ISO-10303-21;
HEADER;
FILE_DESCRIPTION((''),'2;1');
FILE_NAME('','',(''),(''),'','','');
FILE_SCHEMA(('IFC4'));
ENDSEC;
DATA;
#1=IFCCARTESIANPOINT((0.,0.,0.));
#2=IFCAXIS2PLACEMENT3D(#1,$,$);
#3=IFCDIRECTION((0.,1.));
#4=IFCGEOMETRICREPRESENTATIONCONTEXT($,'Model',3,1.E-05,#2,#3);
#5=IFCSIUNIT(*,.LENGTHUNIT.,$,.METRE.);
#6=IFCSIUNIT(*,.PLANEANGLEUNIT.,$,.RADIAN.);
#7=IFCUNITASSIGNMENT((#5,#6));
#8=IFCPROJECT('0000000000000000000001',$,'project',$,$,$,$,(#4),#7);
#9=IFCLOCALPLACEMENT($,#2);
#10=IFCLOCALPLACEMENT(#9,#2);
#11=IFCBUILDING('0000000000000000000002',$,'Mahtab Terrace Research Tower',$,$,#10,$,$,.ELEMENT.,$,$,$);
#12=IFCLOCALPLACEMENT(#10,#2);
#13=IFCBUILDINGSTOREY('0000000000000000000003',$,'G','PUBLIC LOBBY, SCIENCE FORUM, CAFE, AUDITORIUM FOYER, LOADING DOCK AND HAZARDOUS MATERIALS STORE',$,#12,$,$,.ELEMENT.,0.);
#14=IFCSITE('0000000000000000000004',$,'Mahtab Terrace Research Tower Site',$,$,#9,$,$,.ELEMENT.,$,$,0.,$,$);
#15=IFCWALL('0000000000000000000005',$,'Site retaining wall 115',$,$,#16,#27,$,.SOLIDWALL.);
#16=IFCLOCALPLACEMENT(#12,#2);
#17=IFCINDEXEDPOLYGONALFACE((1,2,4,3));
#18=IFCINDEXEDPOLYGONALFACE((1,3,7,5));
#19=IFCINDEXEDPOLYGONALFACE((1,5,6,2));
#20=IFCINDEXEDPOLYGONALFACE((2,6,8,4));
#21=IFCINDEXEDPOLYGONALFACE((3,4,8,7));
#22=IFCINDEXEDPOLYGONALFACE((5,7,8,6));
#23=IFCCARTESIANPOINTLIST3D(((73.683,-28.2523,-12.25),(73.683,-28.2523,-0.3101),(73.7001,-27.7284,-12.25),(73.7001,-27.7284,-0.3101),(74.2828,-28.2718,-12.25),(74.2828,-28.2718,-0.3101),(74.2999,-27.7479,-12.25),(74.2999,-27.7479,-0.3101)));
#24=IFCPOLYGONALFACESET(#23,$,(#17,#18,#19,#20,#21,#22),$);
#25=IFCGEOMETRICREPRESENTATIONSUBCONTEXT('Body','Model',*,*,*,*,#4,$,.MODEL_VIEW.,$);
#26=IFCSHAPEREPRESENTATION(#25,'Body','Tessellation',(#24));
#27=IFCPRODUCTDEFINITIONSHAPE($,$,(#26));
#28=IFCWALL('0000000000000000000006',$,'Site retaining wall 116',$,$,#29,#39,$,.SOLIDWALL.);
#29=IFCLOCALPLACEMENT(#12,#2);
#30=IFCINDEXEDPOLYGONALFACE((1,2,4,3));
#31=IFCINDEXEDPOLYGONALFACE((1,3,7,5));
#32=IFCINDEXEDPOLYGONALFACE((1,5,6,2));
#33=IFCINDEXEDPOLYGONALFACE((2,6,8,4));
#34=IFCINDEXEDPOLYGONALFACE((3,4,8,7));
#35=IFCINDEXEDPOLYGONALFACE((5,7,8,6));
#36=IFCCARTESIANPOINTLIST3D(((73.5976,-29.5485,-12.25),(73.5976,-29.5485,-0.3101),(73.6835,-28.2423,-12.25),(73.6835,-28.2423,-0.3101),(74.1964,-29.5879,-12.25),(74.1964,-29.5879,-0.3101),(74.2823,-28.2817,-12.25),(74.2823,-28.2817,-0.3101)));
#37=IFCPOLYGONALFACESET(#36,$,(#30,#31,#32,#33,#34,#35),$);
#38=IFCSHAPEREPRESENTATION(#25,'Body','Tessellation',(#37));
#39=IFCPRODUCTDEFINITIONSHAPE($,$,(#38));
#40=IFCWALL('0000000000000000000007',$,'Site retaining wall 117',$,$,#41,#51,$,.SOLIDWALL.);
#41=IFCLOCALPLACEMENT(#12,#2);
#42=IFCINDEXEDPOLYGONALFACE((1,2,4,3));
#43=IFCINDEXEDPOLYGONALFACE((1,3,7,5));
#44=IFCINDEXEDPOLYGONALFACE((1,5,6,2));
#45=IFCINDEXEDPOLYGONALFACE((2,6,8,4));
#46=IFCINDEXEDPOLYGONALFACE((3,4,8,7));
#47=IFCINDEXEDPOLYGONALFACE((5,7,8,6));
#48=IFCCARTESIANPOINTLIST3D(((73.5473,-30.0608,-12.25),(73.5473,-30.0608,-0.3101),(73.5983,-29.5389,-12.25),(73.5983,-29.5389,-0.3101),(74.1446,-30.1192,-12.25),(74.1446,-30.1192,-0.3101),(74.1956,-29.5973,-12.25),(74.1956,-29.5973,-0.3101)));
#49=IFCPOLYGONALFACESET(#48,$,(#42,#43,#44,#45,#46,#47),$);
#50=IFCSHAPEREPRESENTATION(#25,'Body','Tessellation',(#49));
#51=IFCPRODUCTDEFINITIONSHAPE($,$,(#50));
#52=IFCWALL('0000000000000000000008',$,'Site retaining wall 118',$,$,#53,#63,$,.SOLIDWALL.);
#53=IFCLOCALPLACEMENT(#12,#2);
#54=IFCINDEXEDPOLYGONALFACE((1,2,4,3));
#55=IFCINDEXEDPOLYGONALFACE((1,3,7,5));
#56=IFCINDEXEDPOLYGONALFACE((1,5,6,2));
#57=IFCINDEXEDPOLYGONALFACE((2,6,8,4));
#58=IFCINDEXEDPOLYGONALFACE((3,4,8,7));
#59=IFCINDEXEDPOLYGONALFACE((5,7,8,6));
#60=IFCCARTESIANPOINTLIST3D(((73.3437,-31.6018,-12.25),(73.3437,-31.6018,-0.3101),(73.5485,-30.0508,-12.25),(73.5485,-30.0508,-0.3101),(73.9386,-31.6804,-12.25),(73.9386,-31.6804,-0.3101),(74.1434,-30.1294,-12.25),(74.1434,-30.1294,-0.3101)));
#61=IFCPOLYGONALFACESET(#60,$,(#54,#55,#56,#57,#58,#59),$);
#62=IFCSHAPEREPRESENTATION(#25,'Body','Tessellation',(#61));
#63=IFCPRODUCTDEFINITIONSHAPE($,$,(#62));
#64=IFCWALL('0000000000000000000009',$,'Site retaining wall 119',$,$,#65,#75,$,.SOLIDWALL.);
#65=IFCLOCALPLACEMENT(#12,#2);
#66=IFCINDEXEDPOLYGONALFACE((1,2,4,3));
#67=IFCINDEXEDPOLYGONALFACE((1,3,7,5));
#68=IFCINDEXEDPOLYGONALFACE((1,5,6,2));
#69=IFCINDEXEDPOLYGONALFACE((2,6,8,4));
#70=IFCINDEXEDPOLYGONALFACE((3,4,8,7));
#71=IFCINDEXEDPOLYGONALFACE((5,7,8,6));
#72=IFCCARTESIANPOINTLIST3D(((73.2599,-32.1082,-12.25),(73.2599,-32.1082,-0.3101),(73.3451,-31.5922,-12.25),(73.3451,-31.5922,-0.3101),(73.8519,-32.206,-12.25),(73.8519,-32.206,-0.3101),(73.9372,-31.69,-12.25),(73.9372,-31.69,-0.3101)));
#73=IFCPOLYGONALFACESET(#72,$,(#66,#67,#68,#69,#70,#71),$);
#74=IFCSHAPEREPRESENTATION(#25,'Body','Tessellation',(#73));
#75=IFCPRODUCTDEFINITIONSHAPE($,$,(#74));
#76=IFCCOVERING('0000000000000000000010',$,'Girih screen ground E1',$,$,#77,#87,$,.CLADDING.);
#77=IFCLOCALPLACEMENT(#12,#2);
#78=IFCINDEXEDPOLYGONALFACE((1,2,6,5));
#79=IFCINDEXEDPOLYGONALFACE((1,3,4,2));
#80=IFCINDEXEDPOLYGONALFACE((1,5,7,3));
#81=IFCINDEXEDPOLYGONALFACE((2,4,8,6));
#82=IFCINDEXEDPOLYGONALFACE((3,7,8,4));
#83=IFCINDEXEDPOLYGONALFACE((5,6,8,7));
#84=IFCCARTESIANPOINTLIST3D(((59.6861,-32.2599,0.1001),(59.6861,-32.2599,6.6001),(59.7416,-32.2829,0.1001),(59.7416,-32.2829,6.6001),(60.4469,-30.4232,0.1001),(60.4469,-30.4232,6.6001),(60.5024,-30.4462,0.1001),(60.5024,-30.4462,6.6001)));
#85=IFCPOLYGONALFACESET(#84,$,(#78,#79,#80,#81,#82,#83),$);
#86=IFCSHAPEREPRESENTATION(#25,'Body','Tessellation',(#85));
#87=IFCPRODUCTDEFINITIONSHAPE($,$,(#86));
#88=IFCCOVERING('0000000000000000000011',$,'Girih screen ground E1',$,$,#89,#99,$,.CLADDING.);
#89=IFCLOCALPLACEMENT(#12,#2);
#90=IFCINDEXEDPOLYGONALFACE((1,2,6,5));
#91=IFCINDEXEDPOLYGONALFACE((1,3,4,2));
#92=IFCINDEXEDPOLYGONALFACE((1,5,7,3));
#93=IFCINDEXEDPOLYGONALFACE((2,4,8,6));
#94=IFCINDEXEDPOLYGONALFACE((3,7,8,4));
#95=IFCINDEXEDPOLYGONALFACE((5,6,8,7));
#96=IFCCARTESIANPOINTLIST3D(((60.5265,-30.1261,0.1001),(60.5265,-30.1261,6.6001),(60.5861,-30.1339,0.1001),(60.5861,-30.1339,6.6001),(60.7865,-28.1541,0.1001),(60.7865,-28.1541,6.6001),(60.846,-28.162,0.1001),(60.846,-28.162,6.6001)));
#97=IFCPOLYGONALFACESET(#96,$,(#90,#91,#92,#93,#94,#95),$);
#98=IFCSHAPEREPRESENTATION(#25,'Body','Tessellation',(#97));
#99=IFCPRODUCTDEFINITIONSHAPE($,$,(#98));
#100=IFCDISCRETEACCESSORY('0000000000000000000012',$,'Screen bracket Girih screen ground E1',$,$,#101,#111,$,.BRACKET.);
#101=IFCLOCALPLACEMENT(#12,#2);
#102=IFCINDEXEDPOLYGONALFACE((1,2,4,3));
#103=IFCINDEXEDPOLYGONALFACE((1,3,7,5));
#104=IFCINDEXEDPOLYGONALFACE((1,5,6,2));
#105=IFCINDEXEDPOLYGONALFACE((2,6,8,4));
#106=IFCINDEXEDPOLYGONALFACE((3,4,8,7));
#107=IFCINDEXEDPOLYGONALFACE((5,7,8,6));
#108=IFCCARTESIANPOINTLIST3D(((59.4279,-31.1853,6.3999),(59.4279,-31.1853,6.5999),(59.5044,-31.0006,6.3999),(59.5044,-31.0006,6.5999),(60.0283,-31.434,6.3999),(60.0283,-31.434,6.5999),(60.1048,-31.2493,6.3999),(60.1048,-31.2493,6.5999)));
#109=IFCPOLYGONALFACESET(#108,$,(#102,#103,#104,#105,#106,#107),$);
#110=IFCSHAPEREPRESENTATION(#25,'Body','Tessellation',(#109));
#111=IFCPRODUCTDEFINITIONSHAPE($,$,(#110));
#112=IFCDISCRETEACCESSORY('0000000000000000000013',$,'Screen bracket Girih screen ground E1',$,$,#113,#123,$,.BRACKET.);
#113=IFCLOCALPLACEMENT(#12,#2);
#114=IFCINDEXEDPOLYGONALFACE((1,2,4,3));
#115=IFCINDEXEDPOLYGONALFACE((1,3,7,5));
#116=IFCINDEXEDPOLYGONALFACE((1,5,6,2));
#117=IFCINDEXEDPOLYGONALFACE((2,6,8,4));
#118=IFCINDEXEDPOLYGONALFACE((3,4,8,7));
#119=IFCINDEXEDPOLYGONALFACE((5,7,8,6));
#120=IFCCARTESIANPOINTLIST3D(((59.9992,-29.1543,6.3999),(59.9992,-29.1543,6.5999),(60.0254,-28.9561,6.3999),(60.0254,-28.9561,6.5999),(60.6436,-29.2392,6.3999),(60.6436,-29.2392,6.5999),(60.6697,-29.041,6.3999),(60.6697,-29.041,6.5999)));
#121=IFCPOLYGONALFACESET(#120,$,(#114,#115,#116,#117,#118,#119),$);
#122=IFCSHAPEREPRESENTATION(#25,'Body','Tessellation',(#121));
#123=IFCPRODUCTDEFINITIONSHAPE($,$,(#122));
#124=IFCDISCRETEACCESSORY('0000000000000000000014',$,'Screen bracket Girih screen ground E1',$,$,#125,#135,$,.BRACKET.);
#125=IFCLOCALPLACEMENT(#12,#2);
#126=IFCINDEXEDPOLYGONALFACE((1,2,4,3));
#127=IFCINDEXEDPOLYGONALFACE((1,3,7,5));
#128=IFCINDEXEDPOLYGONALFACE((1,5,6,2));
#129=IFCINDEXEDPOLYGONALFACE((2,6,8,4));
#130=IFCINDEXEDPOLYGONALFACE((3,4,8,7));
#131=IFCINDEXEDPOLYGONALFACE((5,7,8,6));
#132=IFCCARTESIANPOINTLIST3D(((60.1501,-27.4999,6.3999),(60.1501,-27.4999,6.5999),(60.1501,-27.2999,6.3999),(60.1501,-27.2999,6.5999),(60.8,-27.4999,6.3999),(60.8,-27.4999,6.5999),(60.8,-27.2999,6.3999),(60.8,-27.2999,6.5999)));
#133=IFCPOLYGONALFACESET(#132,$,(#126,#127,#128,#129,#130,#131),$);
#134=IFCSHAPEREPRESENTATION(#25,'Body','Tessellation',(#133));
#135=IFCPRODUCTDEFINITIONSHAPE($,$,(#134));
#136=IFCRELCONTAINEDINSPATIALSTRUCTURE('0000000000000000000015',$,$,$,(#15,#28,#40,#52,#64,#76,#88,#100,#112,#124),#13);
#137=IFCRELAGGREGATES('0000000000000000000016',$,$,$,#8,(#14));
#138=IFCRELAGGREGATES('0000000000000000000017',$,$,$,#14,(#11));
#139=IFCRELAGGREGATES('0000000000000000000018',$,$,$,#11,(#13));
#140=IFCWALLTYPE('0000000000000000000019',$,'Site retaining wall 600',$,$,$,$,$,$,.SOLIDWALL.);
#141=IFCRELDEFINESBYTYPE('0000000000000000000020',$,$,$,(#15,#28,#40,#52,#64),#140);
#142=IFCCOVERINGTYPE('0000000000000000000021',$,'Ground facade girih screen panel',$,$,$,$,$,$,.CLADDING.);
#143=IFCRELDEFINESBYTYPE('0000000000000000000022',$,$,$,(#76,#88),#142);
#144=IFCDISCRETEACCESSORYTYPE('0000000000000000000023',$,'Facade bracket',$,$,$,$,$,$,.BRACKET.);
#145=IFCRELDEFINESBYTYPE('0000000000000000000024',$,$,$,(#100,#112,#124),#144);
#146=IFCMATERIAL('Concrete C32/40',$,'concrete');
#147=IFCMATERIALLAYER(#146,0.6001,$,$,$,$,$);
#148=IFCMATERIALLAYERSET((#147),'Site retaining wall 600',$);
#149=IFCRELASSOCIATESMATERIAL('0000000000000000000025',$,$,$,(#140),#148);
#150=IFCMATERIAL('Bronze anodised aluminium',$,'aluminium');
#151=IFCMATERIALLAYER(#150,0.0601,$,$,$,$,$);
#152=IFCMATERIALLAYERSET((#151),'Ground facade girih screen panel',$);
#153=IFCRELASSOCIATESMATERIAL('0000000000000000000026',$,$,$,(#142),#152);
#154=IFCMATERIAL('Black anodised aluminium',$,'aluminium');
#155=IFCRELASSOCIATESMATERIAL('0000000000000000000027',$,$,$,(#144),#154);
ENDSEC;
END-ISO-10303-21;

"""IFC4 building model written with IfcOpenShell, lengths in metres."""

from ifc_helpers import new_model, si_unit, direction, frame, frame_2d, origin, origin_2d, place, context, subcontext, project, spatial, rectangle, extrude, material, layer, layer_set, type_object, element, save


model = new_model("IFC4")

# Units and contexts
model_context = context("Model", 3, precision=1e-05, world=origin(), true_north=direction((0.0, 1.0)))
body_context = subcontext(model_context, "Body", "Model", "MODEL_VIEW")
ifc_project = project(units=[si_unit("LENGTHUNIT", "METRE"), si_unit("PLANEANGLEUNIT", "RADIAN")], contexts=[model_context])

# Site, building, storey
site_placement = place(None, origin())
site = spatial("IfcSite", under=ifc_project, at=site_placement, Name="Mahtab Terrace Research Tower Site", CompositionType="ELEMENT", RefElevation=0.0)
building_placement = place(site_placement, origin())
building = spatial("IfcBuilding", under=site, at=building_placement, Name="Mahtab Terrace Research Tower", CompositionType="ELEMENT")
storey_placement = place(building_placement, origin())
storey = spatial("IfcBuildingStorey", under=building, at=storey_placement, Name="G", Description="PUBLIC LOBBY, SCIENCE FORUM, CAFE, AUDITORIUM FOYER, LOADING DOCK AND HAZARDOUS MATERIALS STORE", CompositionType="ELEMENT", Elevation=0.0)

# Walls
ifc_material_1 = material(Name="Concrete C32/40", Category="concrete")
ifc_layer_1 = layer(ifc_material_1, 0.6001)
ifc_layer_set_1 = layer_set([ifc_layer_1], Name="Site retaining wall 600")
wall_type = type_object("IfcWallType", Name="Site retaining wall 600", PredefinedType="SOLIDWALL", material=ifc_layer_set_1)
wall_1_placement = place(storey_placement, frame((74.0, -27.738, -12.25), z_axis=(0.0, 0.0, 1.0), x_axis=(-0.032601, -0.999468, 0.0)))
element("IfcWall", 1, at=wall_1_placement, inside=storey, type_object=wall_type, Name="Site retaining wall 115", PredefinedType="SOLIDWALL", context=body_context, shape_type="SweptSolid", body=[
    extrude(rectangle(XDim=0.5242, YDim=0.6001, at=frame_2d((0.2622, 0.0))), origin(), (0.0, 0.0, 1.0), 11.9399),
])
wall_2_placement = place(storey_placement, frame((73.9829, -28.262, -12.25), z_axis=(0.0, 0.0, 1.0), x_axis=(-0.065652, -0.997843, 0.0)))
element("IfcWall", 2, at=wall_2_placement, inside=storey, type_object=wall_type, Name="Site retaining wall 116", PredefinedType="SOLIDWALL", context=body_context, shape_type="SweptSolid", body=[
    extrude(rectangle(XDim=1.3091, YDim=0.6001, at=frame_2d((0.6545, 0.0))), origin(), (0.0, 0.0, 1.0), 11.9399),
])
wall_3_placement = place(storey_placement, frame((73.897, -29.5681, -12.25), z_axis=(0.0, 0.0, 1.0), x_axis=(-0.097291, -0.995256, 0.0)))
element("IfcWall", 3, at=wall_3_placement, inside=storey, type_object=wall_type, Name="Site retaining wall 117", PredefinedType="SOLIDWALL", context=body_context, shape_type="SweptSolid", body=[
    extrude(rectangle(XDim=0.5244, YDim=0.6001, at=frame_2d((0.2622, 0.0))), origin(), (0.0, 0.0, 1.0), 11.9399),
])
wall_4_placement = place(storey_placement, frame((73.8459, -30.0901, -12.25), z_axis=(0.0, 0.0, 1.0), x_axis=(-0.130927, -0.991392, 0.0)))
element("IfcWall", 4, at=wall_4_placement, inside=storey, type_object=wall_type, Name="Site retaining wall 118", PredefinedType="SOLIDWALL", context=body_context, shape_type="SweptSolid", body=[
    extrude(rectangle(XDim=1.5645, YDim=0.6001, at=frame_2d((0.7822, 0.0))), origin(), (0.0, 0.0, 1.0), 11.9399),
])
wall_5_placement = place(storey_placement, frame((73.6411, -31.6411, -12.25), z_axis=(0.0, 0.0, 1.0), x_axis=(-0.16296, -0.986633, 0.0)))
element("IfcWall", 5, at=wall_5_placement, inside=storey, type_object=wall_type, Name="Site retaining wall 119", PredefinedType="SOLIDWALL", context=body_context, shape_type="SweptSolid", body=[
    extrude(rectangle(XDim=0.5229, YDim=0.6001, at=frame_2d((0.2615, 0.0))), origin(), (0.0, 0.0, 1.0), 11.9399),
])

# Coverings
ifc_material_2 = material(Name="Bronze anodised aluminium", Category="aluminium")
ifc_layer_2 = layer(ifc_material_2, 0.0601)
ifc_layer_set_2 = layer_set([ifc_layer_2], Name="Ground facade girih screen panel")
covering_type = type_object("IfcCoveringType", Name="Ground facade girih screen panel", PredefinedType="CLADDING", material=ifc_layer_set_2)
covering_1_placement = place(storey_placement, frame((60.0942, -31.353, 0.1001), z_axis=(0.0, 0.0, 1.0), x_axis=(0.382676, 0.923883, 0.0)))
element("IfcCovering", 6, at=covering_1_placement, inside=storey, type_object=covering_type, Name="Girih screen ground E1", PredefinedType="CLADDING", context=body_context, shape_type="SweptSolid", body=[
    extrude(rectangle(XDim=1.988, YDim=0.0601, at=origin_2d()), origin(), (0.0, 0.0, 1.0), 6.5),
])
covering_2_placement = place(storey_placement, frame((60.6863, -29.144, 0.1001), z_axis=(0.0, 0.0, 1.0), x_axis=(0.13069, 0.991423, 0.0)))
element("IfcCovering", 7, at=covering_2_placement, inside=storey, type_object=covering_type, Name="Girih screen ground E1", PredefinedType="CLADDING", context=body_context, shape_type="SweptSolid", body=[
    extrude(rectangle(XDim=1.989, YDim=0.0601, at=origin_2d()), origin(), (0.0, 0.0, 1.0), 6.5),
])

# Discrete accessories
ifc_material_3 = material(Name="Black anodised aluminium", Category="aluminium")
discrete_accessory_type = type_object("IfcDiscreteAccessoryType", Name="Facade bracket", PredefinedType="BRACKET", material=ifc_material_3)
for number, where, z_axis, x_axis, name in (
    (8, (59.7664, -31.2173, 6.3999), (0.0, 0.0, 1.0), (0.382676, 0.923883, 0.0), "Screen bracket Girih screen ground E1"),
    (9, (60.3345, -29.0977, 6.3999), (0.0, 0.0, 1.0), (0.13069, 0.991423, 0.0), "Screen bracket Girih screen ground E1"),
    (10, (60.4751, -27.3999, 6.3999), (0.0, 0.0, 1.0), (0.0, 1.0, 0.0), "Screen bracket Girih screen ground E1"),
):
    element("IfcDiscreteAccessory", number, at=place(storey_placement, frame(where, z_axis=z_axis, x_axis=x_axis)), inside=storey, type_object=discrete_accessory_type, Name=name, PredefinedType="BRACKET", context=body_context, shape_type="SweptSolid", body=[
        extrude(rectangle(XDim=0.2, YDim=0.6499, at=origin_2d()), origin(), (0.0, 0.0, 1.0), 0.2),
    ])

save(model, "model.ifc")
